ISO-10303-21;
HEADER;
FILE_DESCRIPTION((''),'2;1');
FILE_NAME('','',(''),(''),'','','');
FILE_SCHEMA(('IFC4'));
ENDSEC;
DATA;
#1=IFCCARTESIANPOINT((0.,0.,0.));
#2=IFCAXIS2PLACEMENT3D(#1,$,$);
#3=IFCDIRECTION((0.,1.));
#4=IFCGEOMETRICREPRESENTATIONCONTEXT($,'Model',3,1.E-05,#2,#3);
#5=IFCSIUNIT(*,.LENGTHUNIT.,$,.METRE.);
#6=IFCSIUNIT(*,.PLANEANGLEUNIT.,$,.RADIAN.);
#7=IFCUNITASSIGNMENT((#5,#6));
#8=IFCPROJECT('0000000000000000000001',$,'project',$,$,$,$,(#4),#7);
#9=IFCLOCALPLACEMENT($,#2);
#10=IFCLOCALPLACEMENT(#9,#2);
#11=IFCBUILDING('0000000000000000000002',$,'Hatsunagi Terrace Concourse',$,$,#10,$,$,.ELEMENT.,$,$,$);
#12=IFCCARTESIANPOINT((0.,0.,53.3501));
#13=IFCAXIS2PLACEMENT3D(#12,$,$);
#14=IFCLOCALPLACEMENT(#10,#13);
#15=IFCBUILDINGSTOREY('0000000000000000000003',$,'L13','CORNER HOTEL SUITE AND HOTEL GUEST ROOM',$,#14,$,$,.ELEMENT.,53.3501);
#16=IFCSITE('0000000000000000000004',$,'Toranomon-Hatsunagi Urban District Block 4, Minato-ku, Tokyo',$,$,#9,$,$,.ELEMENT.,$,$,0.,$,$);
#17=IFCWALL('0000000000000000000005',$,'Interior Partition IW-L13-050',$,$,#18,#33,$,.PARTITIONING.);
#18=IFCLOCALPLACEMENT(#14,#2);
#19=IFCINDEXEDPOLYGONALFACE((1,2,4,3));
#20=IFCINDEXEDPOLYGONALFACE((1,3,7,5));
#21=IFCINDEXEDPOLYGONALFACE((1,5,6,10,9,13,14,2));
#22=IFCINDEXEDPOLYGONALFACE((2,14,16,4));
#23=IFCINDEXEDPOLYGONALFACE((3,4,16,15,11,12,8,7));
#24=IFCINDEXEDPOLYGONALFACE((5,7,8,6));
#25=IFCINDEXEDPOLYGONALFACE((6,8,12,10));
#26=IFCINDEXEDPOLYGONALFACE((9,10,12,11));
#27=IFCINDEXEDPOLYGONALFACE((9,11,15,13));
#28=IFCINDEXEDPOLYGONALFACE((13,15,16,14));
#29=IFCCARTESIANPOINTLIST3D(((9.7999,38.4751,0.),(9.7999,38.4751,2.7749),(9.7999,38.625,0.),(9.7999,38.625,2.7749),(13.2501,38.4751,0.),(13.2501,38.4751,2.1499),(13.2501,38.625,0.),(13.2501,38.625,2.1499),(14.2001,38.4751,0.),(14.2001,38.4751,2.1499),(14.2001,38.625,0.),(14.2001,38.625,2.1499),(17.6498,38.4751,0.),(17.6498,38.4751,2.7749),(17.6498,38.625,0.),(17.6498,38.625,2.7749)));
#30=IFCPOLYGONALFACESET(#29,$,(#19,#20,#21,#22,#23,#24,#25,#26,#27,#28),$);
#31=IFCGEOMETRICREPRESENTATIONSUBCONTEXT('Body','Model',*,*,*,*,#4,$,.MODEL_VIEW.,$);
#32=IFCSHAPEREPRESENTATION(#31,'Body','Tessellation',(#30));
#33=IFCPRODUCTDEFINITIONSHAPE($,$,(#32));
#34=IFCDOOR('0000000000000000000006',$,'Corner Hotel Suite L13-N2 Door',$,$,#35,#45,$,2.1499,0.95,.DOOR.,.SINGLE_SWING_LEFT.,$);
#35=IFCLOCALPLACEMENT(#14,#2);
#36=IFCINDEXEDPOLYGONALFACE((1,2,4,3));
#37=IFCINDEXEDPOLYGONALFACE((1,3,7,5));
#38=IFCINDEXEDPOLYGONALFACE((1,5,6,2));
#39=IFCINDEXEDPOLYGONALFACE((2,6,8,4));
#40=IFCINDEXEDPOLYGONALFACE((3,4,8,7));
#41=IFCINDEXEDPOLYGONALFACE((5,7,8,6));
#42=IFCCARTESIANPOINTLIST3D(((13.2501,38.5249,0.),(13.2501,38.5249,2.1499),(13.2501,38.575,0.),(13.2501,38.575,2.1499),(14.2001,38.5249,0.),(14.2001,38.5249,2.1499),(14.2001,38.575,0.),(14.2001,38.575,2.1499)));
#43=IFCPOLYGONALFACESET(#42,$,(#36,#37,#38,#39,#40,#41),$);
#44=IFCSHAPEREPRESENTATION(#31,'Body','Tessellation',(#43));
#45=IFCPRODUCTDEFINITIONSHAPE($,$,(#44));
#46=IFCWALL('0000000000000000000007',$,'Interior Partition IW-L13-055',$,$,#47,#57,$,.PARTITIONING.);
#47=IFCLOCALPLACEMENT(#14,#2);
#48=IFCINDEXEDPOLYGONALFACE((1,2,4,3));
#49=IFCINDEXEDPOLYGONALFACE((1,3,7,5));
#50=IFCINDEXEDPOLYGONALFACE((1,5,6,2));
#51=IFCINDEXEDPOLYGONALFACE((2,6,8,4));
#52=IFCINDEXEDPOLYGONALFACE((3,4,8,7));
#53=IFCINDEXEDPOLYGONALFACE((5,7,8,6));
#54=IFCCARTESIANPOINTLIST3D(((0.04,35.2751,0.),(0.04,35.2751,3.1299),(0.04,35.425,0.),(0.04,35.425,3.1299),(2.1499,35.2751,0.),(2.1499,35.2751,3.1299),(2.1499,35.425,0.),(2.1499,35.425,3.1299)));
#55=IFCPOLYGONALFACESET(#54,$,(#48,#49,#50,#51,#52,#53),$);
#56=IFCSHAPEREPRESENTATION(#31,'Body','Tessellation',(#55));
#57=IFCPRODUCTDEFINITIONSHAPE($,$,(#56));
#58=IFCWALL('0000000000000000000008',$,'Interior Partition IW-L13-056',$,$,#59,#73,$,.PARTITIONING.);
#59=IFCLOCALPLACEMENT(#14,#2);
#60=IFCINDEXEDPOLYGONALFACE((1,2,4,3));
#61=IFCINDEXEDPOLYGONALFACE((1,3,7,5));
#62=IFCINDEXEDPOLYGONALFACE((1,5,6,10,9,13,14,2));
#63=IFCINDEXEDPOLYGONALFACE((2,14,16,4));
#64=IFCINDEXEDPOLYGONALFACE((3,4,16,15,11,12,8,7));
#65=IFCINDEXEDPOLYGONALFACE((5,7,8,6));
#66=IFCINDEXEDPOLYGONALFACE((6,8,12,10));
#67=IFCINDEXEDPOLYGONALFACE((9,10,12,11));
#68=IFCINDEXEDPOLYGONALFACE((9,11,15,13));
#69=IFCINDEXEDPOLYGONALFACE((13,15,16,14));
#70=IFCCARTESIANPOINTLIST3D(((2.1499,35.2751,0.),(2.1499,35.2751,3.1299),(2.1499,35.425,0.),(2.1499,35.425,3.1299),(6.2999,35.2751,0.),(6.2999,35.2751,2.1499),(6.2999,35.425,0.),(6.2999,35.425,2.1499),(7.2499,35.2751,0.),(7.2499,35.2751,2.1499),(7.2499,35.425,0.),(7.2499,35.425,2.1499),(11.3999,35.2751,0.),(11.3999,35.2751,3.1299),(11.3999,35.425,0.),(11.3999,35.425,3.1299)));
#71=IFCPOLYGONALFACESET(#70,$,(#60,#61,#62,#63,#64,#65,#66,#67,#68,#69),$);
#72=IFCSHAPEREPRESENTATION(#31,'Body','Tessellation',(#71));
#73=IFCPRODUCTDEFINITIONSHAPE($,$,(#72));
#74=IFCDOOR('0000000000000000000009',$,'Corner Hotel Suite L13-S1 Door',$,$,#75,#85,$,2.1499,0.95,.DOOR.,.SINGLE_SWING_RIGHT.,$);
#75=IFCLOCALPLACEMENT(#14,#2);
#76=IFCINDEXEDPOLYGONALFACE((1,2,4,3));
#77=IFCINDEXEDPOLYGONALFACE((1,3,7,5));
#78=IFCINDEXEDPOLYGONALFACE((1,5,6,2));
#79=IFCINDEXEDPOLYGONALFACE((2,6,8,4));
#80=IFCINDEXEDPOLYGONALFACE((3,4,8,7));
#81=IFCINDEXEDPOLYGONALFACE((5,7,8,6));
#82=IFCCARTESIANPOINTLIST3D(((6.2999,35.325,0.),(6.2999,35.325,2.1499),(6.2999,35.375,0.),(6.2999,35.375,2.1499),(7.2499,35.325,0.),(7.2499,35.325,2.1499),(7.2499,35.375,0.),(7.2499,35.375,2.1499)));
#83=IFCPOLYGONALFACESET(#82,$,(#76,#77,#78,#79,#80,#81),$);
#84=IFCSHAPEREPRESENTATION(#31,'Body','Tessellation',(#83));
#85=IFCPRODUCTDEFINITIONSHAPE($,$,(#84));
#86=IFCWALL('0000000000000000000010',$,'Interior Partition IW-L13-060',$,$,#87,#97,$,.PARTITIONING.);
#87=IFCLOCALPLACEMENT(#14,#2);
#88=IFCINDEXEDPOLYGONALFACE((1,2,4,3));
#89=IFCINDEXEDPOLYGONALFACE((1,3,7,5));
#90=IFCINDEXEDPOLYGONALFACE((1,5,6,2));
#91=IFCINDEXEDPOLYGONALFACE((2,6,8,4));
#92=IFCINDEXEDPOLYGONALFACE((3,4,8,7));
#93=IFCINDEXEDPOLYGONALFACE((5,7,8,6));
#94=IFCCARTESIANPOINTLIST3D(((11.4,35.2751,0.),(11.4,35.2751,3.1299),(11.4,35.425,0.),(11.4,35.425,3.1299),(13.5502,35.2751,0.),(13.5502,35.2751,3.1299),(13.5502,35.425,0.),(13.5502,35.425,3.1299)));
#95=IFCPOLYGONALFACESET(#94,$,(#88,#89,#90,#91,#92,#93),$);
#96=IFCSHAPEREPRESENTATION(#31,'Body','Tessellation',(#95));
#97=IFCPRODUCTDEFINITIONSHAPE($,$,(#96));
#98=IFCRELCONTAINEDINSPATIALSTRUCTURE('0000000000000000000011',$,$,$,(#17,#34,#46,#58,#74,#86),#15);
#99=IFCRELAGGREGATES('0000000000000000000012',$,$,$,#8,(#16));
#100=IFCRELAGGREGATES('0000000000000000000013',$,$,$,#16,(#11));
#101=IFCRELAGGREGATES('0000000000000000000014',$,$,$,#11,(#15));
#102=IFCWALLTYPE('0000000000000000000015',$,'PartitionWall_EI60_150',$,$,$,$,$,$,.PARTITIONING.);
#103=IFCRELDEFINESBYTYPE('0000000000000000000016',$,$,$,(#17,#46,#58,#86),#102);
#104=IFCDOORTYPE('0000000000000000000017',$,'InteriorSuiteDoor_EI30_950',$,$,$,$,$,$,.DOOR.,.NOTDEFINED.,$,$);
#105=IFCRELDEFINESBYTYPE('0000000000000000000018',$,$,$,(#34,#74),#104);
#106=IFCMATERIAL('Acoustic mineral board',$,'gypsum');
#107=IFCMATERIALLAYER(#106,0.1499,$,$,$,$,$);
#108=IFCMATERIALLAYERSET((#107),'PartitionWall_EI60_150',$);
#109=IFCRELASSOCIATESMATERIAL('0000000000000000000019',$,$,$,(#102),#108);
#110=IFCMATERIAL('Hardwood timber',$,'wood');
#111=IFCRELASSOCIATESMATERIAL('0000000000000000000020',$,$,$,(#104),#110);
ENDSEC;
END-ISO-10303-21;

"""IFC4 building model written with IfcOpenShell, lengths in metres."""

from ifc_helpers import new_model, si_unit, direction, frame, frame_2d, origin, place, context, subcontext, project, spatial, rectangle, extrude, material, layer, layer_set, type_object, element, fill, save


model = new_model("IFC4")

# Units and contexts
model_context = context("Model", 3, precision=1e-05, world=origin(), true_north=direction((0.0, 1.0)))
body_context = subcontext(model_context, "Body", "Model", "MODEL_VIEW")
ifc_project = project(units=[si_unit("LENGTHUNIT", "METRE"), si_unit("PLANEANGLEUNIT", "RADIAN")], contexts=[model_context])

# Site, building, storey
site_placement = place(None, origin())
site = spatial("IfcSite", under=ifc_project, at=site_placement, Name="Toranomon-Hatsunagi Urban District Block 4, Minato-ku, Tokyo", CompositionType="ELEMENT", RefElevation=0.0)
building_placement = place(site_placement, origin())
building = spatial("IfcBuilding", under=site, at=building_placement, Name="Hatsunagi Terrace Concourse", CompositionType="ELEMENT")
storey_placement = place(building_placement, frame((0.0, 0.0, 53.3501)))
storey = spatial("IfcBuildingStorey", under=building, at=storey_placement, Name="L13", Description="CORNER HOTEL SUITE AND HOTEL GUEST ROOM", CompositionType="ELEMENT", Elevation=53.3501)

# Shared definitions
ifc_material_1 = material(Name="Acoustic mineral board", Category="gypsum")
ifc_layer_1 = layer(ifc_material_1, 0.1499)
ifc_layer_set_1 = layer_set([ifc_layer_1], Name="PartitionWall_EI60_150")
wall_type_1 = type_object("IfcWallType", Name="PartitionWall_EI60_150", PredefinedType="PARTITIONING", material=ifc_layer_set_1)

# Shared definitions
ifc_material_2 = material(Name="Hardwood timber", Category="wood")
door_type_1 = type_object("IfcDoorType", Name="InteriorSuiteDoor_EI30_950", OperationType="NOTDEFINED", PredefinedType="DOOR", material=ifc_material_2)

# Wall, opening, door
wall_1_placement = place(storey_placement, frame((9.8, 38.55, 0.0), z_axis=(0.0, 0.0, 1.0), x_axis=(1.0, 0.0, 0.0)))
wall_1 = element("IfcWall", 1, at=wall_1_placement, inside=storey, type_object=wall_type_1, Name="Interior Partition IW-L13-050", PredefinedType="PARTITIONING", context=body_context, shape_type="SweptSolid", body=[
    extrude(rectangle(XDim=7.8499, YDim=0.1499, at=frame_2d((3.9248, 0.0))), origin(), (0.0, 0.0, 1.0), 2.7749),
])
opening_1_placement = place(wall_1_placement, frame((3.45, 0.0, 0.0)))
opening_1 = element("IfcOpeningElement", 2, at=opening_1_placement, cuts=wall_1, PredefinedType="OPENING", context=body_context, shape_type="SweptSolid", body=[
    extrude(rectangle(XDim=0.95, YDim=2.1499, at=frame_2d((0.4751, 1.075))), frame((0.0, 0.085, 0.0), z_axis=(0.0, -1.0, 0.0), x_axis=(1.0, 0.0, 0.0)), (0.0, 0.0, 1.0), 0.1699),
])
door_1_placement = place(opening_1_placement, origin())
door_1 = element("IfcDoor", 3, at=door_1_placement, inside=storey, type_object=door_type_1, Name="Corner Hotel Suite L13-N2 Door", OperationType="SINGLE_SWING_LEFT", OverallHeight=2.1499, OverallWidth=0.95, PredefinedType="DOOR", context=body_context, shape_type="SweptSolid", body=[
    extrude(rectangle(XDim=0.95, YDim=2.1499, at=frame_2d((0.4751, 1.075))), frame((0.0, 0.0249, 0.0), z_axis=(0.0, -1.0, 0.0), x_axis=(1.0, 0.0, 0.0)), (0.0, 0.0, 1.0), 0.05),
])
fill(opening_1, door_1)

# Wall
wall_2_placement = place(storey_placement, frame((0.04, 35.3501, 0.0), z_axis=(0.0, 0.0, 1.0), x_axis=(1.0, 0.0, 0.0)))
element("IfcWall", 4, at=wall_2_placement, inside=storey, type_object=wall_type_1, Name="Interior Partition IW-L13-055", PredefinedType="PARTITIONING", context=body_context, shape_type="SweptSolid", body=[
    extrude(rectangle(XDim=2.1099, YDim=0.1499, at=frame_2d((1.0549, 0.0))), origin(), (0.0, 0.0, 1.0), 3.1299),
])

# Wall, opening, door
wall_3_placement = place(storey_placement, frame((2.1499, 35.3501, 0.0), z_axis=(0.0, 0.0, 1.0), x_axis=(1.0, 0.0, 0.0)))
wall_3 = element("IfcWall", 5, at=wall_3_placement, inside=storey, type_object=wall_type_1, Name="Interior Partition IW-L13-056", PredefinedType="PARTITIONING", context=body_context, shape_type="SweptSolid", body=[
    extrude(rectangle(XDim=9.25, YDim=0.1499, at=frame_2d((4.625, 0.0))), origin(), (0.0, 0.0, 1.0), 3.1299),
])
opening_2_placement = place(wall_3_placement, frame((4.1499, 0.0, 0.0)))
opening_2 = element("IfcOpeningElement", 6, at=opening_2_placement, cuts=wall_3, PredefinedType="OPENING", context=body_context, shape_type="SweptSolid", body=[
    extrude(rectangle(XDim=0.95, YDim=2.1499, at=frame_2d((0.4751, 1.075))), frame((0.0, 0.085, 0.0), z_axis=(0.0, -1.0, 0.0), x_axis=(1.0, 0.0, 0.0)), (0.0, 0.0, 1.0), 0.1699),
])
door_2_placement = place(opening_2_placement, origin())
door_2 = element("IfcDoor", 7, at=door_2_placement, inside=storey, type_object=door_type_1, Name="Corner Hotel Suite L13-S1 Door", OperationType="SINGLE_SWING_RIGHT", OverallHeight=2.1499, OverallWidth=0.95, PredefinedType="DOOR", context=body_context, shape_type="SweptSolid", body=[
    extrude(rectangle(XDim=0.95, YDim=2.1499, at=frame_2d((0.4751, 1.075))), frame((0.0, 0.0249, 0.0), z_axis=(0.0, -1.0, 0.0), x_axis=(1.0, 0.0, 0.0)), (0.0, 0.0, 1.0), 0.05),
])
fill(opening_2, door_2)

# Wall
wall_4_placement = place(storey_placement, frame((11.3999, 35.3501, 0.0), z_axis=(0.0, 0.0, 1.0), x_axis=(1.0, 0.0, 0.0)))
element("IfcWall", 8, at=wall_4_placement, inside=storey, type_object=wall_type_1, Name="Interior Partition IW-L13-060", PredefinedType="PARTITIONING", context=body_context, shape_type="SweptSolid", body=[
    extrude(rectangle(XDim=2.1501, YDim=0.1499, at=frame_2d((1.0752, 0.0))), origin(), (0.0, 0.0, 1.0), 3.1299),
])

save(model, "model.ifc")
